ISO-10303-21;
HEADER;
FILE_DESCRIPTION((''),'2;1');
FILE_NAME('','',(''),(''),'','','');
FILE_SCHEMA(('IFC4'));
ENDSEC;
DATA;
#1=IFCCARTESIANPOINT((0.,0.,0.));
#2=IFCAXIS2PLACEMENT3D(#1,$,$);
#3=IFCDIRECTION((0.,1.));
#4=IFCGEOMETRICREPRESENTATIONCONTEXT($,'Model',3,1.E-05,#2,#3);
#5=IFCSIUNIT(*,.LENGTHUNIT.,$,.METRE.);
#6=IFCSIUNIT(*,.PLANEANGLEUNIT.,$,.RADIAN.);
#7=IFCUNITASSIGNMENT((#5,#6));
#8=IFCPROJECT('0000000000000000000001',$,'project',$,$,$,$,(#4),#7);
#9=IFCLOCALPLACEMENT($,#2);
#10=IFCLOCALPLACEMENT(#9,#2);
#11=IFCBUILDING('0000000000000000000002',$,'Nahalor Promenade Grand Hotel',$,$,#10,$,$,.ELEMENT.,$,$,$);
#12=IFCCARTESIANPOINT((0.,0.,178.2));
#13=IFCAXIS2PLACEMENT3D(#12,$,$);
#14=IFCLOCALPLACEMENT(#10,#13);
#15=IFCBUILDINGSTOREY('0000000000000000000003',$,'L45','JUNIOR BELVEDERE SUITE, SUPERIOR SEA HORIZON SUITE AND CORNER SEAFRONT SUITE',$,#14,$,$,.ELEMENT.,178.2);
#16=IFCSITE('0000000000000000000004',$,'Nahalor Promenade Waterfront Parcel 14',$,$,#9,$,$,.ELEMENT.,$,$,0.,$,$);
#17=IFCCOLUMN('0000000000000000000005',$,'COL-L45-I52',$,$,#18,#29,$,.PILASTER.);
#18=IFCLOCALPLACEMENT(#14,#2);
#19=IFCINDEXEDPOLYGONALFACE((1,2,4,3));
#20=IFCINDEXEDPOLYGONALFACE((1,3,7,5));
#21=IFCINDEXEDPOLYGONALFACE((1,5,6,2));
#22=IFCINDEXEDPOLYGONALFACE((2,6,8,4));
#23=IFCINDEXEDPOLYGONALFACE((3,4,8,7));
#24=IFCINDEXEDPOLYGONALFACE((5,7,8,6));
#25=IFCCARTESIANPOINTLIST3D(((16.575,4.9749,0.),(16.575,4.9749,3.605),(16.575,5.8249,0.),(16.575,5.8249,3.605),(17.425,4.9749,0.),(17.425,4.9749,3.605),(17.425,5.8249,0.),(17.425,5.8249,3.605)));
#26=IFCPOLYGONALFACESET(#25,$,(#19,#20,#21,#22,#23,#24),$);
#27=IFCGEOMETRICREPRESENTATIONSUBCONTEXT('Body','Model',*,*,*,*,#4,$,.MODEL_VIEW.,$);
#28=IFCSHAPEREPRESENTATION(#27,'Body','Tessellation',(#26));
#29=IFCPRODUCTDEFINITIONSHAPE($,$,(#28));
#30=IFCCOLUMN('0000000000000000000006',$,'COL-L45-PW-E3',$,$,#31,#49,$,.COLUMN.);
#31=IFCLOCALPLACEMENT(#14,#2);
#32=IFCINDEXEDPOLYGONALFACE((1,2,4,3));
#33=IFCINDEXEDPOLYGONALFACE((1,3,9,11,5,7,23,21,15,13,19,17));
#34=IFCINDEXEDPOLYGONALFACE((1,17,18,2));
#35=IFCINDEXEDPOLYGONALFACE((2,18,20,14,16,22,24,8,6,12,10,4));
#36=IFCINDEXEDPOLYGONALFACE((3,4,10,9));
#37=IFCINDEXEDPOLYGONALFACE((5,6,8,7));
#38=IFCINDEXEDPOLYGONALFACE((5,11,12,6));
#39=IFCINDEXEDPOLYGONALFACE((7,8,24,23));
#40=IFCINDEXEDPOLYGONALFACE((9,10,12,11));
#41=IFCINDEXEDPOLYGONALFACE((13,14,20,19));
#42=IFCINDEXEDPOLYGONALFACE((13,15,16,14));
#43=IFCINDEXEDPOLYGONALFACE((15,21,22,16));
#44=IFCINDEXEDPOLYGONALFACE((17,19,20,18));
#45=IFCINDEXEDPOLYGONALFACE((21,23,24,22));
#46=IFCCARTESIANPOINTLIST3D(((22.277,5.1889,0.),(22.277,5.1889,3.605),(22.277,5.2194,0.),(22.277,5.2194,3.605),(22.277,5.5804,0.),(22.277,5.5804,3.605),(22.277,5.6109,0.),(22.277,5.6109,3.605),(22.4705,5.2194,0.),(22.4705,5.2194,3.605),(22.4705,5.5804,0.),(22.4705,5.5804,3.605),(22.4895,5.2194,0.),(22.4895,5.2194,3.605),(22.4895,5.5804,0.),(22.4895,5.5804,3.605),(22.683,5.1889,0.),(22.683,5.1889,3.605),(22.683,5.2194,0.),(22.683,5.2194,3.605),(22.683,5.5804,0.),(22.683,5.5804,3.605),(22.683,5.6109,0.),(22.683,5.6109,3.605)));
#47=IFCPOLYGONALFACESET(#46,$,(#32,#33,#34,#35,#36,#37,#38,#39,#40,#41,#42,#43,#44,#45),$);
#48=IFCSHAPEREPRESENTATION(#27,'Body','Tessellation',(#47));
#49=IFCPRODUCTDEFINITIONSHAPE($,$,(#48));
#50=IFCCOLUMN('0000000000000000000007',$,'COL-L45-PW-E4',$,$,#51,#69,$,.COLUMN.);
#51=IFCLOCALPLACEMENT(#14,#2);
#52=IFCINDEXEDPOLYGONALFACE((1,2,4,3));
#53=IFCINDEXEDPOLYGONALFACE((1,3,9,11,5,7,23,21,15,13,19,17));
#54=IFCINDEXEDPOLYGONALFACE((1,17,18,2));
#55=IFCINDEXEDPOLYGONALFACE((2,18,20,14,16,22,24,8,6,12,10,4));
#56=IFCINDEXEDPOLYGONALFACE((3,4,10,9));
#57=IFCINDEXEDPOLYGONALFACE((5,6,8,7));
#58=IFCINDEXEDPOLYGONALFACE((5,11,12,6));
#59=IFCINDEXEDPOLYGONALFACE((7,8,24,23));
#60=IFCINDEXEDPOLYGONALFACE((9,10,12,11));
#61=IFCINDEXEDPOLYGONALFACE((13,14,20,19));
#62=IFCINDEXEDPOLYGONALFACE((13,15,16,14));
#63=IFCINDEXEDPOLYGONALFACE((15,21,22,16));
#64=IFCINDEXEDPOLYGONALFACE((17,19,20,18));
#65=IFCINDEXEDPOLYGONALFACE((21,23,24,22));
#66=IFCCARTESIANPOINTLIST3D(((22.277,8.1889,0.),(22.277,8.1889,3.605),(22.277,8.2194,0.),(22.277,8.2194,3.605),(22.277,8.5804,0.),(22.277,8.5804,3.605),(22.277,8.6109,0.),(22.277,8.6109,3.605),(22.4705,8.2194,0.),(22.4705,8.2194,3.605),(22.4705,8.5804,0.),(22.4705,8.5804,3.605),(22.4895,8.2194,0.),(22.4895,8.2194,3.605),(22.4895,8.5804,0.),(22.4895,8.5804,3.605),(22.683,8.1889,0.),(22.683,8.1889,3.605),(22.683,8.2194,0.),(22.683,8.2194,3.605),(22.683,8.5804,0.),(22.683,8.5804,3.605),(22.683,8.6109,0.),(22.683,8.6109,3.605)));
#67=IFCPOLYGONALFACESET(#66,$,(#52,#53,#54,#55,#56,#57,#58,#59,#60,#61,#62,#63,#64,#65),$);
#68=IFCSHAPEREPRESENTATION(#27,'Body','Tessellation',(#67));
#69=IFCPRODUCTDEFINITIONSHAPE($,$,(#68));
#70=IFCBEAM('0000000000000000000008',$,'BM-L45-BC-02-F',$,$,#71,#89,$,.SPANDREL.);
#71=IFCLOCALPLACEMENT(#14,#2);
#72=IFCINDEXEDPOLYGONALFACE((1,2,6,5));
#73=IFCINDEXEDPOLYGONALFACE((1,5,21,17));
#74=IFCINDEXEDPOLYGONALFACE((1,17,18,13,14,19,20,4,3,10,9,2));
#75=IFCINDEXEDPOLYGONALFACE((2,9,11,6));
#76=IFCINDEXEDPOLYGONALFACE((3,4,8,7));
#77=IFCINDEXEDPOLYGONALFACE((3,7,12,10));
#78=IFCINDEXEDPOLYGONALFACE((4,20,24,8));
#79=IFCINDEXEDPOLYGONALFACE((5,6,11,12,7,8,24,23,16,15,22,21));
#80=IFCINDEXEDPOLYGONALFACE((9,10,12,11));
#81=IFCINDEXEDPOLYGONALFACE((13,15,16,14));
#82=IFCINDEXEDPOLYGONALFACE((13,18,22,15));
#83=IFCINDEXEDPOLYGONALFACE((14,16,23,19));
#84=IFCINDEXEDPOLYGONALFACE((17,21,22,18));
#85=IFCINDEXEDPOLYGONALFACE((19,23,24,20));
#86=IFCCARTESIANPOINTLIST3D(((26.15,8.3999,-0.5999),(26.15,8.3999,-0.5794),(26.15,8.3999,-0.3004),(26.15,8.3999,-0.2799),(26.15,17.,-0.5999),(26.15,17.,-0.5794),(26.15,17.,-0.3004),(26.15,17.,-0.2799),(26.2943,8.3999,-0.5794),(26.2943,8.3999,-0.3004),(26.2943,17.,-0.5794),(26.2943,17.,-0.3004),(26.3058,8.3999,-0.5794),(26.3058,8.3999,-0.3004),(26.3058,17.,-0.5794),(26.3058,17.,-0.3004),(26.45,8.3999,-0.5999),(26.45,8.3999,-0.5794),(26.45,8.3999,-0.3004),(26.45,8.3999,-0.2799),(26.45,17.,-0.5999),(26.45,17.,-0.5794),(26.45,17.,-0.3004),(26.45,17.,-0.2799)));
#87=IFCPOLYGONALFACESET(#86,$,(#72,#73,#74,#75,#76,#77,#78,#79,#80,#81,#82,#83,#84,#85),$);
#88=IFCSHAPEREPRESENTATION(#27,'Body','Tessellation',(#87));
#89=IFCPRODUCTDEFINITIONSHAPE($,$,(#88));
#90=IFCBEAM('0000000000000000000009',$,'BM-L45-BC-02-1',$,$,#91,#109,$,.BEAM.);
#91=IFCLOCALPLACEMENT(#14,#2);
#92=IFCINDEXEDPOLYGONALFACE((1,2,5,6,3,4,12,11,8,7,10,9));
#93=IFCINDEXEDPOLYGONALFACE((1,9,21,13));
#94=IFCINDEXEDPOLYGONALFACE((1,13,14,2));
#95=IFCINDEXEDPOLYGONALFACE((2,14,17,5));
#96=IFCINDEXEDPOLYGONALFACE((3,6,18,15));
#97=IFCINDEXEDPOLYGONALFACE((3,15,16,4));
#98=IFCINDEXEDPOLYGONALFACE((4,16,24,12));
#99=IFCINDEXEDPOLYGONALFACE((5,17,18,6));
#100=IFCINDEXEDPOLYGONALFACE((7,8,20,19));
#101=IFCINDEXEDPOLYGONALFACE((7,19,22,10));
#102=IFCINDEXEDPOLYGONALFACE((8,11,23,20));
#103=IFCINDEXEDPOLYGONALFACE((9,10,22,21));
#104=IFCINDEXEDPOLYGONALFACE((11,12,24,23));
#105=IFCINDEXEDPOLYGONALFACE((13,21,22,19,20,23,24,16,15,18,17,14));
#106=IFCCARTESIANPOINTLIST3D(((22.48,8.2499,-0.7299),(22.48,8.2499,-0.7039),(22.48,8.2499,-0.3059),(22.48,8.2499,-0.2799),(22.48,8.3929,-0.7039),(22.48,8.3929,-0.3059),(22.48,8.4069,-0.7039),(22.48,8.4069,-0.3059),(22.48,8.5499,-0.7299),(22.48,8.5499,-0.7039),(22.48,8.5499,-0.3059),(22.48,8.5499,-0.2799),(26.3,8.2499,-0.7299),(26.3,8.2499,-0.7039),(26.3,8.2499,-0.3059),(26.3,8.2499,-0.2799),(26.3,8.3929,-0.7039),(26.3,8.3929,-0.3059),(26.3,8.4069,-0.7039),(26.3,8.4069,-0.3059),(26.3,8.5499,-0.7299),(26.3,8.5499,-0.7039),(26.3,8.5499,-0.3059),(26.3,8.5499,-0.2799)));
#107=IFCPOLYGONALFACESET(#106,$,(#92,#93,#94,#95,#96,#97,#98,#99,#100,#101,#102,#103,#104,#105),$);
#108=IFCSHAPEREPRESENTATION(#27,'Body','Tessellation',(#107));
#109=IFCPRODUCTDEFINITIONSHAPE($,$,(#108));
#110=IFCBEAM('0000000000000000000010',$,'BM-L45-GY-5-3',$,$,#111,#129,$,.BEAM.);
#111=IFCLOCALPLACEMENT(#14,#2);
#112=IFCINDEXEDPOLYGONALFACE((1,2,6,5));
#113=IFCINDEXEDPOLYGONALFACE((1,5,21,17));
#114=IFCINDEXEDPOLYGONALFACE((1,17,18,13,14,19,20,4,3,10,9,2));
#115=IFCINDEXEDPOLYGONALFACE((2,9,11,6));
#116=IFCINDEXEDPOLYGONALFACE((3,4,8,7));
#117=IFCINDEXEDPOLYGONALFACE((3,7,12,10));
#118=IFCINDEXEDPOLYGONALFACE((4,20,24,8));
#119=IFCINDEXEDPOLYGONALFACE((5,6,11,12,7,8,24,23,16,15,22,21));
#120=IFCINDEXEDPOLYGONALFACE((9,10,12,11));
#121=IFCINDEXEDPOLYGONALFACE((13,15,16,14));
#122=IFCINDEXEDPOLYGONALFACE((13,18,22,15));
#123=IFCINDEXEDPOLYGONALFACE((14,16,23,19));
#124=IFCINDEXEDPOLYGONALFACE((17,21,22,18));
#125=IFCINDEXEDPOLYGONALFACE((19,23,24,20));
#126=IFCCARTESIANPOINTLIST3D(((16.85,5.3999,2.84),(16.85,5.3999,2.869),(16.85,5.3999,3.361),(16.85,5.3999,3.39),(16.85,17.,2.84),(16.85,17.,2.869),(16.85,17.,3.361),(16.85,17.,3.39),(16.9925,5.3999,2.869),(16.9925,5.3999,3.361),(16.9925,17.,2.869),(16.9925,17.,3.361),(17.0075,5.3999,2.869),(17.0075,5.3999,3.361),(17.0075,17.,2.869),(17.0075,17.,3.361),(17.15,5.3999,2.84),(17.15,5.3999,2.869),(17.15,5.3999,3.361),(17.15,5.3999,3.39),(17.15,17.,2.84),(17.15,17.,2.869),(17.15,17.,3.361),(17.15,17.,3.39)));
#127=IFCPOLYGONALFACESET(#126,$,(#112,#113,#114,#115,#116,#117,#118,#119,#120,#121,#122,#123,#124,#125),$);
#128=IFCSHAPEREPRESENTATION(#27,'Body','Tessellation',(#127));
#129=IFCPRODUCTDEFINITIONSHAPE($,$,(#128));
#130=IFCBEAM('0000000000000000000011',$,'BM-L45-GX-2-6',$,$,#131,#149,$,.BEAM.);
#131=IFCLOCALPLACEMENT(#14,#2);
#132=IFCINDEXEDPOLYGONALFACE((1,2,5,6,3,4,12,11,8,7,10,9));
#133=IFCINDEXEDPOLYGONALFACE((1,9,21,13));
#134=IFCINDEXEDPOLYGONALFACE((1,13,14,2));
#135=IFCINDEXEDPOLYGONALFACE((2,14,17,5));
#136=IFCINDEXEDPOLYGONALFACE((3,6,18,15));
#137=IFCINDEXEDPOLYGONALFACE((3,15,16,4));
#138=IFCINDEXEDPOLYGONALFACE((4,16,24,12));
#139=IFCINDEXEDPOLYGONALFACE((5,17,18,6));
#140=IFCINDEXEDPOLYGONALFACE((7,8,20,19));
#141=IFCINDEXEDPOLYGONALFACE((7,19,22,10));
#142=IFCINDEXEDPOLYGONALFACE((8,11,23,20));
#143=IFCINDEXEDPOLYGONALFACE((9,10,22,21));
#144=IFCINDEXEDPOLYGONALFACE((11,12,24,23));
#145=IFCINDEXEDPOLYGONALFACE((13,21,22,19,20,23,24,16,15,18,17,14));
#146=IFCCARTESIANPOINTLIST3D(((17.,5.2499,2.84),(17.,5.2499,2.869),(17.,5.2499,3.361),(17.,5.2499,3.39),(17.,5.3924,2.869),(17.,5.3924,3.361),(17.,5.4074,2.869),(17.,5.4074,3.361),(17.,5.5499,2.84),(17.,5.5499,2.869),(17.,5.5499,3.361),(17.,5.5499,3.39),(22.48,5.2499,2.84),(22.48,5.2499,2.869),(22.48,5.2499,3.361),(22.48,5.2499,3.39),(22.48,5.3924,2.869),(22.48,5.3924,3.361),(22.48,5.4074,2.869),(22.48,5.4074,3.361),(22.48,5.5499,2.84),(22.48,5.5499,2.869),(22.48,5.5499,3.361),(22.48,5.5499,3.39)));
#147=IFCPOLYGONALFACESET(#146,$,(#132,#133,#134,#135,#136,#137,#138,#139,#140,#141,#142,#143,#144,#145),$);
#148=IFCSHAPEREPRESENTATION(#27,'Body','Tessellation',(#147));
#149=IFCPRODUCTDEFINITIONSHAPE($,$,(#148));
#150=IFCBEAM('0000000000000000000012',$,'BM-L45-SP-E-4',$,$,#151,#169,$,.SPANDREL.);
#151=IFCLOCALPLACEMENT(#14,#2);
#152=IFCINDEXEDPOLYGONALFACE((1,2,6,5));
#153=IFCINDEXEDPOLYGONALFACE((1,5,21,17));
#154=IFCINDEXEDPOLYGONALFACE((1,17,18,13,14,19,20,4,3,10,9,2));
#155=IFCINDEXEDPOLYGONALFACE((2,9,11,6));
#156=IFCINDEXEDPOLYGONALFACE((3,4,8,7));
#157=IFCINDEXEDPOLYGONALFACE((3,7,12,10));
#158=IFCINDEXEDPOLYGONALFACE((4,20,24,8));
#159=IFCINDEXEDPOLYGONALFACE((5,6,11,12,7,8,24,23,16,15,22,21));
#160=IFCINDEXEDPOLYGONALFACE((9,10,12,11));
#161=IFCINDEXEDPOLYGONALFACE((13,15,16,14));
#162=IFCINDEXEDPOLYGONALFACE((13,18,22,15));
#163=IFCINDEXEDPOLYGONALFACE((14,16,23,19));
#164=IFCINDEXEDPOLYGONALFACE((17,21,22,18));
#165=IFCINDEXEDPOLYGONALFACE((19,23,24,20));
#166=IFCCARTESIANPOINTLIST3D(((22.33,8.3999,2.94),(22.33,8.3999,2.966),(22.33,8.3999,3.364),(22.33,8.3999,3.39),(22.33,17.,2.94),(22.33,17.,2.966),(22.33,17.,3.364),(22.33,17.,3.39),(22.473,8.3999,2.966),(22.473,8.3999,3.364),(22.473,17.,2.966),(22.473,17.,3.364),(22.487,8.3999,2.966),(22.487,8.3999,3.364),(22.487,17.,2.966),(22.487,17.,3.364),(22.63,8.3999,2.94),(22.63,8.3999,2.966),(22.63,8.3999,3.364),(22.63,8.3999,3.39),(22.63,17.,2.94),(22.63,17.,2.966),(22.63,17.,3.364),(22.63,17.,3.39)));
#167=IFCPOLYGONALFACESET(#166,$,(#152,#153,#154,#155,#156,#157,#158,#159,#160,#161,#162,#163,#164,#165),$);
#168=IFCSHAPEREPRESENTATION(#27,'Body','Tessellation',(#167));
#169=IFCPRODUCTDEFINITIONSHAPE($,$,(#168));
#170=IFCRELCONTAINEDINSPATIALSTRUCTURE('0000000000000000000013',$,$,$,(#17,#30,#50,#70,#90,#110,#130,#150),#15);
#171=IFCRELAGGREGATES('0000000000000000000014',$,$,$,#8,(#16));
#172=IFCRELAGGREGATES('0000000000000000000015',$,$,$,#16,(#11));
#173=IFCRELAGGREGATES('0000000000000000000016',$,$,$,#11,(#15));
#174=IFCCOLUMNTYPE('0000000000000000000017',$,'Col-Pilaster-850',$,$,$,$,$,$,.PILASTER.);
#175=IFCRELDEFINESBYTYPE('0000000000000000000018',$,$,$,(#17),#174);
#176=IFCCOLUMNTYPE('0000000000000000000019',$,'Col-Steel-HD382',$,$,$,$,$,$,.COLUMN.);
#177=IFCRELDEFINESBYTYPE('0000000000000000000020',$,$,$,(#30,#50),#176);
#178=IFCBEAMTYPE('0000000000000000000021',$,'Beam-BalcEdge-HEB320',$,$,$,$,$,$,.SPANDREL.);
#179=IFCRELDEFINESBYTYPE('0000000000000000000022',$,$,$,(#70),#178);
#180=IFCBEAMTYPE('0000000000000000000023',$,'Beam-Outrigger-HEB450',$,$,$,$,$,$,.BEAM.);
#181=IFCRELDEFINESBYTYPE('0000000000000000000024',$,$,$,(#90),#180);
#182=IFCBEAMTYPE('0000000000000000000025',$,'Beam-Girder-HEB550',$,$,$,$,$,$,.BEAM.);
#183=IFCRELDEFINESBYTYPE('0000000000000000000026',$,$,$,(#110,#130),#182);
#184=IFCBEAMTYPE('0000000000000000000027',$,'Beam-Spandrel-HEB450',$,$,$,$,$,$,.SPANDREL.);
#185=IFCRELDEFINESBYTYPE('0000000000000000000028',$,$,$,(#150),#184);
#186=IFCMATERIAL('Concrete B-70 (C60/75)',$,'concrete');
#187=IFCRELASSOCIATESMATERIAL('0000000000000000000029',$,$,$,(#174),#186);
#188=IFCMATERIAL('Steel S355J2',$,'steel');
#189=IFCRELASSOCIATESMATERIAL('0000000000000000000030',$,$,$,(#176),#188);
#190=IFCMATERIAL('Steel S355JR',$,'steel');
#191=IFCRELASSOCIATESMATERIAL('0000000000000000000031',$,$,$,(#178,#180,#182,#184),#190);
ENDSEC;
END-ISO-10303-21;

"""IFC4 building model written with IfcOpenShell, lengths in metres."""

from ifc_helpers import new_model, si_unit, direction, frame, origin, origin_2d, place, context, subcontext, project, spatial, rectangle, i_section, extrude, source, transform, mapped, material, material_profile, profile_set, type_object, element, save


model = new_model("IFC4")

# Units and contexts
model_context = context("Model", 3, precision=1e-05, world=origin(), true_north=direction((0.0, 1.0)))
body_context = subcontext(model_context, "Body", "Model", "MODEL_VIEW")
ifc_project = project(units=[si_unit("LENGTHUNIT", "METRE"), si_unit("PLANEANGLEUNIT", "RADIAN")], contexts=[model_context])

# Site, building, storey
site_placement = place(None, origin())
site = spatial("IfcSite", under=ifc_project, at=site_placement, Name="Nahalor Promenade Waterfront Parcel 14", CompositionType="ELEMENT", RefElevation=0.0)
building_placement = place(site_placement, origin())
building = spatial("IfcBuilding", under=site, at=building_placement, Name="Nahalor Promenade Grand Hotel", CompositionType="ELEMENT")
storey_placement = place(building_placement, frame((0.0, 0.0, 178.2)))
storey = spatial("IfcBuildingStorey", under=building, at=storey_placement, Name="L45", Description="JUNIOR BELVEDERE SUITE, SUPERIOR SEA HORIZON SUITE AND CORNER SEAFRONT SUITE", CompositionType="ELEMENT", Elevation=178.2)

# Columns
ifc_material_1 = material(Name="Concrete B-70 (C60/75)", Category="concrete")
ifc_material_profile_1 = material_profile(ifc_material_1, rectangle(XDim=0.85, YDim=0.85, at=origin_2d()), Name="RC 850x850")
ifc_profile_set_1 = profile_set([ifc_material_profile_1], Name="Concrete B-70 (C60/75)")
column_type_1 = type_object("IfcColumnType", Name="Col-Pilaster-850", PredefinedType="PILASTER", material=ifc_profile_set_1)
shared_shape_1 = source(origin(), body_context, "Body", "SweptSolid", [
    extrude(rectangle(XDim=0.85, YDim=0.85, at=origin_2d()), origin(), (0.0, 0.0, 1.0), 3.605),
])
column_placement = place(storey_placement, frame((17.0, 5.3999, 0.0), z_axis=(0.0, 0.0, 1.0), x_axis=(1.0, 0.0, 0.0)))
element("IfcColumn", 1, at=column_placement, inside=storey, type_object=column_type_1, Name="COL-L45-I52", PredefinedType="PILASTER", context=body_context, shape_type="MappedRepresentation", body=[
    mapped(shared_shape_1, transform((0.0, 0.0, 0.0), scale=1.0)),
])
ifc_material_2 = material(Name="Steel S355J2", Category="steel")
ifc_material_profile_2 = material_profile(ifc_material_2, i_section(OverallWidth=0.406, OverallDepth=0.422, WebThickness=0.019, FlangeThickness=0.0305, at=origin_2d()), Name="HD 400x382")
ifc_profile_set_2 = profile_set([ifc_material_profile_2], Name="Steel S355J2")
column_type_2 = type_object("IfcColumnType", Name="Col-Steel-HD382", PredefinedType="COLUMN", material=ifc_profile_set_2)
shared_shape_2 = source(origin(), body_context, "Body", "SweptSolid", [
    extrude(i_section(OverallWidth=0.406, OverallDepth=0.422, WebThickness=0.019, FlangeThickness=0.0305, at=origin_2d()), origin(), (0.0, 0.0, 1.0), 3.605),
])
for number, where, z_axis, x_axis, name in (
    (2, (22.48, 5.3999, 0.0), (0.0, 0.0, 1.0), (1.0, 0.0, 0.0), "COL-L45-PW-E3"),
    (3, (22.48, 8.3999, 0.0), (0.0, 0.0, 1.0), (1.0, 0.0, 0.0), "COL-L45-PW-E4"),
):
    element("IfcColumn", number, at=place(storey_placement, frame(where, z_axis=z_axis, x_axis=x_axis)), inside=storey, type_object=column_type_2, Name=name, PredefinedType="COLUMN", context=body_context, shape_type="MappedRepresentation", body=[
        mapped(shared_shape_2, transform((0.0, 0.0, 0.0), scale=1.0)),
    ])

# Beams
ifc_material_3 = material(Name="Steel S355JR", Category="steel")
ifc_material_profile_3 = material_profile(ifc_material_3, i_section(OverallWidth=0.3, OverallDepth=0.32, WebThickness=0.0115, FlangeThickness=0.0205, at=origin_2d()), Name="HEB 320")
ifc_profile_set_3 = profile_set([ifc_material_profile_3], Name="Steel S355JR")
beam_type_1 = type_object("IfcBeamType", Name="Beam-BalcEdge-HEB320", PredefinedType="SPANDREL", material=ifc_profile_set_3)
shared_shape_3 = source(origin(), body_context, "Body", "SweptSolid", [
    extrude(i_section(OverallWidth=0.3, OverallDepth=0.32, WebThickness=0.0115, FlangeThickness=0.0205, at=origin_2d()), origin(), (0.0, 0.0, 1.0), 8.6001),
])
beam_1_placement = place(storey_placement, frame((26.3, 8.3999, -0.4399), z_axis=(0.0, 1.0, 0.0), x_axis=(-1.0, 0.0, 0.0)))
element("IfcBeam", 4, at=beam_1_placement, inside=storey, type_object=beam_type_1, Name="BM-L45-BC-02-F", PredefinedType="SPANDREL", context=body_context, shape_type="MappedRepresentation", body=[
    mapped(shared_shape_3, transform((0.0, 0.0, 0.0), scale=1.0)),
])
ifc_material_profile_4 = material_profile(ifc_material_3, i_section(OverallWidth=0.3, OverallDepth=0.45, WebThickness=0.014, FlangeThickness=0.026, at=origin_2d()), Name="HEB 450")
ifc_profile_set_4 = profile_set([ifc_material_profile_4], Name="Steel S355JR")
beam_type_2 = type_object("IfcBeamType", Name="Beam-Outrigger-HEB450", PredefinedType="BEAM", material=ifc_profile_set_4)
shared_shape_4 = source(origin(), body_context, "Body", "SweptSolid", [
    extrude(i_section(OverallWidth=0.3, OverallDepth=0.45, WebThickness=0.014, FlangeThickness=0.026, at=origin_2d()), origin(), (0.0, 0.0, 1.0), 3.8201),
])
beam_2_placement = place(storey_placement, frame((22.48, 8.3999, -0.5049), z_axis=(1.0, 0.0, 0.0), x_axis=(0.0, 1.0, 0.0)))
element("IfcBeam", 5, at=beam_2_placement, inside=storey, type_object=beam_type_2, Name="BM-L45-BC-02-1", PredefinedType="BEAM", context=body_context, shape_type="MappedRepresentation", body=[
    mapped(shared_shape_4, transform((0.0, 0.0, 0.0), scale=1.0)),
])
ifc_material_profile_5 = material_profile(ifc_material_3, i_section(OverallWidth=0.3, OverallDepth=0.55, WebThickness=0.015, FlangeThickness=0.029, at=origin_2d()), Name="HEB 550")
ifc_profile_set_5 = profile_set([ifc_material_profile_5], Name="Steel S355JR")
beam_type_3 = type_object("IfcBeamType", Name="Beam-Girder-HEB550", PredefinedType="BEAM", material=ifc_profile_set_5)
shared_shape_5 = source(origin(), body_context, "Body", "SweptSolid", [
    extrude(i_section(OverallWidth=0.3, OverallDepth=0.55, WebThickness=0.015, FlangeThickness=0.029, at=origin_2d()), origin(), (0.0, 0.0, 1.0), 11.6001),
])
beam_3_placement = place(storey_placement, frame((17.0, 5.3999, 3.115), z_axis=(0.0, 1.0, 0.0), x_axis=(-1.0, 0.0, 0.0)))
element("IfcBeam", 6, at=beam_3_placement, inside=storey, type_object=beam_type_3, Name="BM-L45-GY-5-3", PredefinedType="BEAM", context=body_context, shape_type="MappedRepresentation", body=[
    mapped(shared_shape_5, transform((0.0, 0.0, 0.0), scale=1.0)),
])
shared_shape_6 = source(origin(), body_context, "Body", "SweptSolid", [
    extrude(i_section(OverallWidth=0.3, OverallDepth=0.55, WebThickness=0.015, FlangeThickness=0.029, at=origin_2d()), origin(), (0.0, 0.0, 1.0), 5.48),
])
beam_4_placement = place(storey_placement, frame((17.0, 5.3999, 3.115), z_axis=(1.0, 0.0, 0.0), x_axis=(0.0, 1.0, 0.0)))
element("IfcBeam", 7, at=beam_4_placement, inside=storey, type_object=beam_type_3, Name="BM-L45-GX-2-6", PredefinedType="BEAM", context=body_context, shape_type="MappedRepresentation", body=[
    mapped(shared_shape_6, transform((0.0, 0.0, 0.0), scale=1.0)),
])
ifc_material_profile_6 = material_profile(ifc_material_3, i_section(OverallWidth=0.3, OverallDepth=0.45, WebThickness=0.014, FlangeThickness=0.026, at=origin_2d()), Name="HEB 450")
ifc_profile_set_6 = profile_set([ifc_material_profile_6], Name="Steel S355JR")
beam_type_4 = type_object("IfcBeamType", Name="Beam-Spandrel-HEB450", PredefinedType="SPANDREL", material=ifc_profile_set_6)
shared_shape_7 = source(origin(), body_context, "Body", "SweptSolid", [
    extrude(i_section(OverallWidth=0.3, OverallDepth=0.45, WebThickness=0.014, FlangeThickness=0.026, at=origin_2d()), origin(), (0.0, 0.0, 1.0), 8.6001),
])
beam_5_placement = place(storey_placement, frame((22.48, 8.3999, 3.165), z_axis=(0.0, 1.0, 0.0), x_axis=(-1.0, 0.0, 0.0)))
element("IfcBeam", 8, at=beam_5_placement, inside=storey, type_object=beam_type_4, Name="BM-L45-SP-E-4", PredefinedType="SPANDREL", context=body_context, shape_type="MappedRepresentation", body=[
    mapped(shared_shape_7, transform((0.0, 0.0, 0.0), scale=1.0)),
])

save(model, "model.ifc")
